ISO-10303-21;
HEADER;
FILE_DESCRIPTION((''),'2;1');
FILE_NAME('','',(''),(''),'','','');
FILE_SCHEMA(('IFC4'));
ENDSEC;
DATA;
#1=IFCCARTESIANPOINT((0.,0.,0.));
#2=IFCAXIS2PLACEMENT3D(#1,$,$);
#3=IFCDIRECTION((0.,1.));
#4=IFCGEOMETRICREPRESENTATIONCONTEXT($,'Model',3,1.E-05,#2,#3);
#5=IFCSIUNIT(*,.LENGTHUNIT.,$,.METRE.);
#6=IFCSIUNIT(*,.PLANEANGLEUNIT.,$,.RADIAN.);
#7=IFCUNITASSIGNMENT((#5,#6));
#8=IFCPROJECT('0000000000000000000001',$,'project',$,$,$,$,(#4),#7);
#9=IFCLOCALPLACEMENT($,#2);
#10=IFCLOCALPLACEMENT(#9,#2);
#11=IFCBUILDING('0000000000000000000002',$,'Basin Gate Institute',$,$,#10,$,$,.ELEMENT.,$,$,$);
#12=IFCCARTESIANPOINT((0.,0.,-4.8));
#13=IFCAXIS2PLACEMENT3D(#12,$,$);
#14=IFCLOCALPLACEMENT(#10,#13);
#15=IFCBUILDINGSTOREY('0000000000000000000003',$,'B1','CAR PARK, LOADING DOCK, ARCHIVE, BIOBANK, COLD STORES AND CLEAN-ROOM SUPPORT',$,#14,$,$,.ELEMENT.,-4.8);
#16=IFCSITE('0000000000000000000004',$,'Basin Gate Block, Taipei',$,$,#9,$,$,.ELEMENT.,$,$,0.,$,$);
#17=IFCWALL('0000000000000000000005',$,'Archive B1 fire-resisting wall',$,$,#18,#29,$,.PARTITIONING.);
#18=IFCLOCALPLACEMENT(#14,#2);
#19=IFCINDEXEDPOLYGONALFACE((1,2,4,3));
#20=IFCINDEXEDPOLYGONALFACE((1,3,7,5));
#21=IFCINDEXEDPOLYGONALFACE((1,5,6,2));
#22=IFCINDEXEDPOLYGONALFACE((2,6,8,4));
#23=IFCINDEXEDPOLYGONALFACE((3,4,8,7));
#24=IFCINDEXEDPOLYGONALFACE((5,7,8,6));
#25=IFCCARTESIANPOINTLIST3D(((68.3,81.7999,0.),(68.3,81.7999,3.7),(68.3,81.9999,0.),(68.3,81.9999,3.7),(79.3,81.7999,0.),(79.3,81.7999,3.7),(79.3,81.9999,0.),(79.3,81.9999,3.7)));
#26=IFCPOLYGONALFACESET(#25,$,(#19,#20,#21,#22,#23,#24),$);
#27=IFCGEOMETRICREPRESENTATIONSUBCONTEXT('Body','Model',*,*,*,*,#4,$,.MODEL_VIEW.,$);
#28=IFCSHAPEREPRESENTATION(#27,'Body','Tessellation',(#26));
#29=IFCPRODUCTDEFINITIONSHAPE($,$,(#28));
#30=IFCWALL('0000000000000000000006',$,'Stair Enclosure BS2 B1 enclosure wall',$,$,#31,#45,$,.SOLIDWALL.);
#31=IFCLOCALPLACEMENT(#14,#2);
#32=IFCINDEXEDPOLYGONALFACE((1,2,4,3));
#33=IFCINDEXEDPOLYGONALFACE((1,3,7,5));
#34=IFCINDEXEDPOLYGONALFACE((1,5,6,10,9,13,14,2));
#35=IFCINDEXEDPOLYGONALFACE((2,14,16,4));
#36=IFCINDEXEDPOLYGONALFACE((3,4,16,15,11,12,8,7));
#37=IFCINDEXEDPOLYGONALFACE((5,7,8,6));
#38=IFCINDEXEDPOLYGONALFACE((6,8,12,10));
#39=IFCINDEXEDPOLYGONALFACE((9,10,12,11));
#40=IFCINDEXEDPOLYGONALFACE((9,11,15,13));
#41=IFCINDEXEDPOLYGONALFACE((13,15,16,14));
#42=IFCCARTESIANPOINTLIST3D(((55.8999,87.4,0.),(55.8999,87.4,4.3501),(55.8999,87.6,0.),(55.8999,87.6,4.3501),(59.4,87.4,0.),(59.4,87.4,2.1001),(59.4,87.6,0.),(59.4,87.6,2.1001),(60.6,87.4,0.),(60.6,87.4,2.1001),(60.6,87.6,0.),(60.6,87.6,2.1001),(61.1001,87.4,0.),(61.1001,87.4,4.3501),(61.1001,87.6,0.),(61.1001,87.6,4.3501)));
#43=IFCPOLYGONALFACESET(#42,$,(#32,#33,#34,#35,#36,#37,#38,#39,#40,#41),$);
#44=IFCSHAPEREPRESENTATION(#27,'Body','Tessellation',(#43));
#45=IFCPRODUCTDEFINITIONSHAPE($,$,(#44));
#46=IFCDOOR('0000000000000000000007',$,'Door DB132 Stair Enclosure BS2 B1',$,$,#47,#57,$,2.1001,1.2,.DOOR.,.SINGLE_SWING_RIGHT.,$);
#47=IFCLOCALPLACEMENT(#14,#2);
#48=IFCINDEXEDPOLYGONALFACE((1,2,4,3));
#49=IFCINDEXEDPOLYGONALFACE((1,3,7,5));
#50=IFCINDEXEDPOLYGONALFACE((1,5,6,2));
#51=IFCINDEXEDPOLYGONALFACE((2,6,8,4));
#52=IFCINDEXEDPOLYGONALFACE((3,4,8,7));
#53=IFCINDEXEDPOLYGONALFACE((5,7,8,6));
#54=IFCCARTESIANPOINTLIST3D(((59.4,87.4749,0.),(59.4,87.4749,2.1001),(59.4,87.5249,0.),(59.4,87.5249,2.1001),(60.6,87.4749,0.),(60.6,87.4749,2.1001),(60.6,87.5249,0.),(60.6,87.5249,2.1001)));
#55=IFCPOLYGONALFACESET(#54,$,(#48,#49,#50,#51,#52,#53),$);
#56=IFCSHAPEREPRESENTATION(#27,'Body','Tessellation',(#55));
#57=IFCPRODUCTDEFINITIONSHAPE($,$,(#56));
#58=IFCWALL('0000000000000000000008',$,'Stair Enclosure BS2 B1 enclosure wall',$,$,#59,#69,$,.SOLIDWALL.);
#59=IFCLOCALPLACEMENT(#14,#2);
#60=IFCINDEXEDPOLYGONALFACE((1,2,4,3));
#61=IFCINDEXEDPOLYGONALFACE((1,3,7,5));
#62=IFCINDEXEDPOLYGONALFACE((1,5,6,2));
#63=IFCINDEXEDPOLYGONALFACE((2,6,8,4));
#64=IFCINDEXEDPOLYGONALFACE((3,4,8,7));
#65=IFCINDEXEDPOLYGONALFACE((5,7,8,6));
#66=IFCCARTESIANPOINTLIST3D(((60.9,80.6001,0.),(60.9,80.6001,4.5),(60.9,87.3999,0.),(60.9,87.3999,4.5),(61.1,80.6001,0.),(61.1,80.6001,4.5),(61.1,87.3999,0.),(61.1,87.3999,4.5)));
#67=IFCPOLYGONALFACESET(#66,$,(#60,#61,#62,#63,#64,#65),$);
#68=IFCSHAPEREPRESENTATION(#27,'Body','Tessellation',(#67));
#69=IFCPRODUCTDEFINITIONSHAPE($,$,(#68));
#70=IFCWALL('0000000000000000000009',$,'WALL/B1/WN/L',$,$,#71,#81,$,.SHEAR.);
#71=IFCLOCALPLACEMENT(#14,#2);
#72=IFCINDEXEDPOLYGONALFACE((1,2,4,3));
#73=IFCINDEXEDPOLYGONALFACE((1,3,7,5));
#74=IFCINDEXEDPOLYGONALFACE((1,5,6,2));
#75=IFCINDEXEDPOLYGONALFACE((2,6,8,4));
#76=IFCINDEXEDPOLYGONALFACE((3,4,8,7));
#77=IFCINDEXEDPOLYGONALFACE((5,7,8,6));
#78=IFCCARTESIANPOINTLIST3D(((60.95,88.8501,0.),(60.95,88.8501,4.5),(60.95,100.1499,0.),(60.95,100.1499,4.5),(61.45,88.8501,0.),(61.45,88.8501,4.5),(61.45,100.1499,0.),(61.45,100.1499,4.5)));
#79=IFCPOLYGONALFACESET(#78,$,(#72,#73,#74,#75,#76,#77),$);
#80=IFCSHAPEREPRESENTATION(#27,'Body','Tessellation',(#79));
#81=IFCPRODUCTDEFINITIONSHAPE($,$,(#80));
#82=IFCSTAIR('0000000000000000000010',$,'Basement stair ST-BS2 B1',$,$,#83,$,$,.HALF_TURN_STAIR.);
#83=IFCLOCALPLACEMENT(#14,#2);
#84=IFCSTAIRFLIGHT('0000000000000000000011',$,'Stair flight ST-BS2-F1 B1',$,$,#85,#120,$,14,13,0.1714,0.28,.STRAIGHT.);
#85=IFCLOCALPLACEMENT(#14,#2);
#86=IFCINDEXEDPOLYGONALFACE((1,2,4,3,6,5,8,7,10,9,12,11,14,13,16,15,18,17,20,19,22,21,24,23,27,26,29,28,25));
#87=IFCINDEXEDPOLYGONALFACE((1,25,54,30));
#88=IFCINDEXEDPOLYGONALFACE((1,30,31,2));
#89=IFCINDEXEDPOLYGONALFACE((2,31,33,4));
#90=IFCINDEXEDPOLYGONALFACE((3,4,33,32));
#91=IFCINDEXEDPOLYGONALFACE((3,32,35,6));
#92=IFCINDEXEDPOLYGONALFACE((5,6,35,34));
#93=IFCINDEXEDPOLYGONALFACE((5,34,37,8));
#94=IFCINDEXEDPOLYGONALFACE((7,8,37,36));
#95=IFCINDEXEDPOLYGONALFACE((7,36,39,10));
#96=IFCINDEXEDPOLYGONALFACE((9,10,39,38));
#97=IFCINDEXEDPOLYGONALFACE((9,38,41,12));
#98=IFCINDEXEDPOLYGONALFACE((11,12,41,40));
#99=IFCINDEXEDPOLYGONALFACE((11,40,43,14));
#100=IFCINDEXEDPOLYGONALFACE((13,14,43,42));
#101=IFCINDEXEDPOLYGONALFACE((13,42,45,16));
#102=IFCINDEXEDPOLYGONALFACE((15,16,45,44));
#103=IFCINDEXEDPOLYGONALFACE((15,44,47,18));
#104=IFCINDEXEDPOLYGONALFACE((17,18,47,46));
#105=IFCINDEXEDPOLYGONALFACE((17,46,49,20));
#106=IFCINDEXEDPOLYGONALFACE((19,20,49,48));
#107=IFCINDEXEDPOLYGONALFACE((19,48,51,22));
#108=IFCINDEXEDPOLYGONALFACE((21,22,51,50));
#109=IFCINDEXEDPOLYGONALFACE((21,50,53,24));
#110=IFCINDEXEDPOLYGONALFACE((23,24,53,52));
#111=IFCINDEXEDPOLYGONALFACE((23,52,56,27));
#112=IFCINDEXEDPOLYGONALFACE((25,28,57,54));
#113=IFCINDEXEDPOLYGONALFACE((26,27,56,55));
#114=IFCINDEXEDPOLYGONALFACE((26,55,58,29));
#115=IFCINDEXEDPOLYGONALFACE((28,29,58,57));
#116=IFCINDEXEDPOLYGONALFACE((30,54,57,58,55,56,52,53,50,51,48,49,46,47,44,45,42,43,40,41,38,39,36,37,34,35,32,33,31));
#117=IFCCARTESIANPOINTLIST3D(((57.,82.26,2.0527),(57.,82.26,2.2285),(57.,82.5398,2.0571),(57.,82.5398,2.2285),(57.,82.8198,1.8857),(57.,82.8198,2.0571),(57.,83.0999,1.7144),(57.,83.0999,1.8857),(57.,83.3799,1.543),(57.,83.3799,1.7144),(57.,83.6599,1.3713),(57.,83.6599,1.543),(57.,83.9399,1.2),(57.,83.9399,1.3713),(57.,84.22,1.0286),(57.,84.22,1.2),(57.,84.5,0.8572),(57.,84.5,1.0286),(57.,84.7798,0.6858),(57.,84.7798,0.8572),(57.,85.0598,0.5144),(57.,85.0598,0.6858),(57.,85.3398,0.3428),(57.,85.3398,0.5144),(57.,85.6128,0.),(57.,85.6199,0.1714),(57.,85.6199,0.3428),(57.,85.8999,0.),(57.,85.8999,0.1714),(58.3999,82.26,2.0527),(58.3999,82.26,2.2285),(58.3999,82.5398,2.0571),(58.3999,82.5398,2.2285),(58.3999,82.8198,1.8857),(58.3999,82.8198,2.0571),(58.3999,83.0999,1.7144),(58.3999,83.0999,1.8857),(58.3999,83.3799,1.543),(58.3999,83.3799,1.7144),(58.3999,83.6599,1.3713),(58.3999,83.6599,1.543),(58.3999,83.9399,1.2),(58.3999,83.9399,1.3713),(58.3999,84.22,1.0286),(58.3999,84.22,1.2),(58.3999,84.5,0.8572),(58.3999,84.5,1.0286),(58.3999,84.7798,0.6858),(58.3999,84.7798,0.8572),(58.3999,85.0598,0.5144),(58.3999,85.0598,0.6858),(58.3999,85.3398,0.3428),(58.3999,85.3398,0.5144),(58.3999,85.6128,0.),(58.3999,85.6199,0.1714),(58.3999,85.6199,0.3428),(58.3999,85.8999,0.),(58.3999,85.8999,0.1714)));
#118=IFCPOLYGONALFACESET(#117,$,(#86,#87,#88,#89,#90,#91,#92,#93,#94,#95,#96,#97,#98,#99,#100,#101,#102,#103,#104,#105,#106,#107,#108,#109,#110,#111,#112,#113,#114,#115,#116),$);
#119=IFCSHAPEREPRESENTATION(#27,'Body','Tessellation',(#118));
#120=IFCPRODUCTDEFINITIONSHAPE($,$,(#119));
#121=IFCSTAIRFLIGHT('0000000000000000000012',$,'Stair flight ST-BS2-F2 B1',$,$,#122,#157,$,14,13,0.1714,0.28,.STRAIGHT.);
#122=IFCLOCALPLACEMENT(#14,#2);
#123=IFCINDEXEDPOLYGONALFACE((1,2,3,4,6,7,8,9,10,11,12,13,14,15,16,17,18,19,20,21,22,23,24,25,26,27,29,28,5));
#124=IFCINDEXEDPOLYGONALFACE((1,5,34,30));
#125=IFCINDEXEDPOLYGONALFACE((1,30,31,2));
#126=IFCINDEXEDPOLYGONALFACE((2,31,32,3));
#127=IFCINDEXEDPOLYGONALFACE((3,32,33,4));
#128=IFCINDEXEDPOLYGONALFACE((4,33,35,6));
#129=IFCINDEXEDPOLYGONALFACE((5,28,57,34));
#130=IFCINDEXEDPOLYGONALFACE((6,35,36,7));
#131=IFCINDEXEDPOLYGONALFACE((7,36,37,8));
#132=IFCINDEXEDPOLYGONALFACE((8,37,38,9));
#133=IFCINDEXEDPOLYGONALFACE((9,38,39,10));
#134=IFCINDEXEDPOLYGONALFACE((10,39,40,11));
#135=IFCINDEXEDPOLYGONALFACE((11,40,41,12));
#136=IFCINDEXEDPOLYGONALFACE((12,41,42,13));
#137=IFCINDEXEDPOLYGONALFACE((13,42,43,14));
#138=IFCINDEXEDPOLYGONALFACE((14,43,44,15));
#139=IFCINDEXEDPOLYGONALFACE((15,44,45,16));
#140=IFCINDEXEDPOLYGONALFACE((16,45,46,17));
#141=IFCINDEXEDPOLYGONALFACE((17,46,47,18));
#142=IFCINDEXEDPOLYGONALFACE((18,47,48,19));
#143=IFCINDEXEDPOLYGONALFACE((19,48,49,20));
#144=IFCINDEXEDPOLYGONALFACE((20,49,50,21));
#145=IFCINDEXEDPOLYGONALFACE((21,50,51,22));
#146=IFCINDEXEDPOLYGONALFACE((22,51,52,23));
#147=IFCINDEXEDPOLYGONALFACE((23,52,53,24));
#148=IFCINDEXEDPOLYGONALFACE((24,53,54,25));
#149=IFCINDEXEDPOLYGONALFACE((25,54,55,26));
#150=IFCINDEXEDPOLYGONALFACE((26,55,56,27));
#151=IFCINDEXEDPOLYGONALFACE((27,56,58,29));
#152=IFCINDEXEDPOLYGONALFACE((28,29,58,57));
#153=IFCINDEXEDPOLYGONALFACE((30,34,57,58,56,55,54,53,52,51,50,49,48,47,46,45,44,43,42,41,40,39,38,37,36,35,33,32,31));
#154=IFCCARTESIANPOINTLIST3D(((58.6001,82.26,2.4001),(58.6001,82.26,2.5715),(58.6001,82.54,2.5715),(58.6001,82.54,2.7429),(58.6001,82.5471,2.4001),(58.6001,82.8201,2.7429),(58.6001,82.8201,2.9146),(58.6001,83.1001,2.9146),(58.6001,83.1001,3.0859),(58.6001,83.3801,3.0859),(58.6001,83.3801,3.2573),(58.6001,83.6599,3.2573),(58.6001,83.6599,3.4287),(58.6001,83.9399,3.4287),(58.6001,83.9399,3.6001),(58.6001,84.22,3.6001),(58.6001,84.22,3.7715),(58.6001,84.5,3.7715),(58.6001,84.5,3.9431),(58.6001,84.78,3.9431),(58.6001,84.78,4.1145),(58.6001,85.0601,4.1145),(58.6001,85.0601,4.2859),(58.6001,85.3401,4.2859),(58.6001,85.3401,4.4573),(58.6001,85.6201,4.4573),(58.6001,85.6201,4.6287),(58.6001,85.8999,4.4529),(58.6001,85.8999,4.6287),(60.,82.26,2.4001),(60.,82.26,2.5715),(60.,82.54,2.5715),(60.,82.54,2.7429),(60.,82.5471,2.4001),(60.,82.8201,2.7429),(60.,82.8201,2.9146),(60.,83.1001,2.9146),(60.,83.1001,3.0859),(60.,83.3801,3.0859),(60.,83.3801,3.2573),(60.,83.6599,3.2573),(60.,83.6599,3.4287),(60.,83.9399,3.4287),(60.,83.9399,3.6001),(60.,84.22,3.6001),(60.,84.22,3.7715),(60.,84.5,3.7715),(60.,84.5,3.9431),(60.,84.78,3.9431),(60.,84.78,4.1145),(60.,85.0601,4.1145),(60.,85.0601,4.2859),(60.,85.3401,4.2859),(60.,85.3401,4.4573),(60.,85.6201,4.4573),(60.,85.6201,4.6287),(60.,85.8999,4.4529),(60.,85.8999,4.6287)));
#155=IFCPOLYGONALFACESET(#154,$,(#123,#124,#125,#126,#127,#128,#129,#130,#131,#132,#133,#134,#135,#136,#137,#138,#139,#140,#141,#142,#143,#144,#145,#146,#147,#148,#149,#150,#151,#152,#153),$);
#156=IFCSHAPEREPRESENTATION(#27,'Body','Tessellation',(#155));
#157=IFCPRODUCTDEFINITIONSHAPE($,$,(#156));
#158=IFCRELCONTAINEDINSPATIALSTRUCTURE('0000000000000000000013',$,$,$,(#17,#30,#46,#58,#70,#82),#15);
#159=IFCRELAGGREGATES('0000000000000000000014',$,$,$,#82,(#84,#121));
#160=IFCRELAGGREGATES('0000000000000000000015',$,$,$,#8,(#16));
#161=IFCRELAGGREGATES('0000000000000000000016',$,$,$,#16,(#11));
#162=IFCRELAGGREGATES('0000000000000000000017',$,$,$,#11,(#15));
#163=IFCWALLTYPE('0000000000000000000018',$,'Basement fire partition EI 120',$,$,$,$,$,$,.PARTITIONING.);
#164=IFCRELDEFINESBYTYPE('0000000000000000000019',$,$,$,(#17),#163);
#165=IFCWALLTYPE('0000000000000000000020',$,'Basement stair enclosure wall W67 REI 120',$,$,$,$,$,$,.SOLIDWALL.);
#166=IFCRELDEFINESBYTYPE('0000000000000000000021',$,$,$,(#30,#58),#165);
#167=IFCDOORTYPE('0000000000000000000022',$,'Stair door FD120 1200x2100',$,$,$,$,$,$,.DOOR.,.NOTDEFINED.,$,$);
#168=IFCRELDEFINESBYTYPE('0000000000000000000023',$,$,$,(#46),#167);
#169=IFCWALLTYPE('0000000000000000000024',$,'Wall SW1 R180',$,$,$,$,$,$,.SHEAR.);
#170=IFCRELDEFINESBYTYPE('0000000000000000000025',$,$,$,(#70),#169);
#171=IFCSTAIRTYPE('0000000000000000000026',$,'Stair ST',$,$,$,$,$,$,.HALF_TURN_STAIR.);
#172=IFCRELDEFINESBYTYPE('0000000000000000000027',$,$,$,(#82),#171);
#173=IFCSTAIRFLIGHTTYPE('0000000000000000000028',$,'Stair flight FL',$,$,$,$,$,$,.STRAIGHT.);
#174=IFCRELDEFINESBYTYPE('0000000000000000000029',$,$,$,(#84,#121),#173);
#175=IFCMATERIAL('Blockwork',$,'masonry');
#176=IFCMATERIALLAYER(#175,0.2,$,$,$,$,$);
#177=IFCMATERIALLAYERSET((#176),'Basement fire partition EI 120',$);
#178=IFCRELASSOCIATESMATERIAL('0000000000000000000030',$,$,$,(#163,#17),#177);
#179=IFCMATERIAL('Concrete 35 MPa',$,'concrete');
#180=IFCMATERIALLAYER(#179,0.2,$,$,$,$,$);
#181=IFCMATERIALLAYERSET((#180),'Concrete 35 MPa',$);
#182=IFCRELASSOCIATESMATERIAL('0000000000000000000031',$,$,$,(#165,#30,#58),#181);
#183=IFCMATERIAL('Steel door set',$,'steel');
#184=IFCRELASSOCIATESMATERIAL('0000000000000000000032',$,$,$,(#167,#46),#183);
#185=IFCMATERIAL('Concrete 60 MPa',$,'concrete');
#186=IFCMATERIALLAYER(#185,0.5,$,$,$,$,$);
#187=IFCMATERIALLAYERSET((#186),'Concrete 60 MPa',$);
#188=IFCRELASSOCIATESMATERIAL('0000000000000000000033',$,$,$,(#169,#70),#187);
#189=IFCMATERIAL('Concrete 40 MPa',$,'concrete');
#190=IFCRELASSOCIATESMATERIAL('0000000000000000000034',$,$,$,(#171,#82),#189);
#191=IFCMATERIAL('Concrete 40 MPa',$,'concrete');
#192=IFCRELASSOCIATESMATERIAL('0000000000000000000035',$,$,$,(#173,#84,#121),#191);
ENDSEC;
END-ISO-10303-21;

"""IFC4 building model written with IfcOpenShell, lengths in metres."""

from ifc_helpers import new_model, si_unit, direction, frame, frame_2d, origin, place, context, subcontext, project, spatial, polyline, rectangle, outline, extrude, material, layer, layer_set, type_object, element, fill, aggregate, save


model = new_model("IFC4")

# Units and contexts
model_context = context("Model", 3, precision=1e-05, world=origin(), true_north=direction((0.0, 1.0)))
body_context = subcontext(model_context, "Body", "Model", "MODEL_VIEW")
ifc_project = project(units=[si_unit("LENGTHUNIT", "METRE"), si_unit("PLANEANGLEUNIT", "RADIAN")], contexts=[model_context])

# Site, building, storey
site_placement = place(None, origin())
site = spatial("IfcSite", under=ifc_project, at=site_placement, Name="Basin Gate Block, Taipei", CompositionType="ELEMENT", RefElevation=0.0)
building_placement = place(site_placement, origin())
building = spatial("IfcBuilding", under=site, at=building_placement, Name="Basin Gate Institute", CompositionType="ELEMENT")
storey_placement = place(building_placement, frame((0.0, 0.0, -4.8)))
storey = spatial("IfcBuildingStorey", under=building, at=storey_placement, Name="B1", Description="CAR PARK, LOADING DOCK, ARCHIVE, BIOBANK, COLD STORES AND CLEAN-ROOM SUPPORT", CompositionType="ELEMENT", Elevation=-4.8)

# Wall
ifc_material_1 = material(Name="Blockwork", Category="masonry")
ifc_layer_1 = layer(ifc_material_1, 0.2)
ifc_layer_set_1 = layer_set([ifc_layer_1], Name="Basement fire partition EI 120")
wall_type_1 = type_object("IfcWallType", Name="Basement fire partition EI 120", PredefinedType="PARTITIONING", material=ifc_layer_set_1)
wall_1_placement = place(storey_placement, frame((68.3, 81.8999, 0.0), z_axis=(0.0, 0.0, 1.0), x_axis=(1.0, 0.0, 0.0)))
element("IfcWall", 1, at=wall_1_placement, inside=storey, type_object=wall_type_1, material=ifc_layer_set_1, Name="Archive B1 fire-resisting wall", PredefinedType="PARTITIONING", context=body_context, shape_type="SweptSolid", body=[
    extrude(rectangle(XDim=11.0, YDim=0.2, at=frame_2d((5.5, 0.0))), origin(), (0.0, 0.0, 1.0), 3.7),
])

# Wall, opening, door
ifc_material_2 = material(Name="Concrete 35 MPa", Category="concrete")
ifc_layer_2 = layer(ifc_material_2, 0.2)
ifc_layer_set_2 = layer_set([ifc_layer_2], Name="Concrete 35 MPa")
wall_type_2 = type_object("IfcWallType", Name="Basement stair enclosure wall W67 REI 120", PredefinedType="SOLIDWALL", material=ifc_layer_set_2)
wall_2_placement = place(storey_placement, frame((55.8999, 87.5, 0.0), z_axis=(0.0, 0.0, 1.0), x_axis=(1.0, 0.0, 0.0)))
wall_2 = element("IfcWall", 2, at=wall_2_placement, inside=storey, type_object=wall_type_2, material=ifc_layer_set_2, Name="Stair Enclosure BS2 B1 enclosure wall", PredefinedType="SOLIDWALL", context=body_context, shape_type="SweptSolid", body=[
    extrude(rectangle(XDim=5.2002, YDim=0.2, at=frame_2d((2.6001, 0.0))), origin(), (0.0, 0.0, 1.0), 4.3501),
])
opening_placement = place(wall_2_placement, frame((3.5, 0.0, 0.0)))
opening = element("IfcOpeningElement", 3, at=opening_placement, cuts=wall_2, PredefinedType="OPENING", context=body_context, shape_type="SweptSolid", body=[
    extrude(rectangle(XDim=1.2, YDim=2.1001, at=frame_2d((0.6001, 1.05))), frame((0.0, 0.1099, 0.0), z_axis=(0.0, -1.0, 0.0), x_axis=(1.0, 0.0, 0.0)), (0.0, 0.0, 1.0), 0.22),
])
ifc_material_3 = material(Name="Steel door set", Category="steel")
door_type = type_object("IfcDoorType", Name="Stair door FD120 1200x2100", OperationType="NOTDEFINED", PredefinedType="DOOR", material=ifc_material_3)
door_placement = place(opening_placement, origin())
door = element("IfcDoor", 4, at=door_placement, inside=storey, type_object=door_type, material=ifc_material_3, Name="Door DB132 Stair Enclosure BS2 B1", OperationType="SINGLE_SWING_RIGHT", OverallHeight=2.1001, OverallWidth=1.2, PredefinedType="DOOR", context=body_context, shape_type="SweptSolid", body=[
    extrude(rectangle(XDim=1.2, YDim=2.1001, at=frame_2d((0.6001, 1.05))), frame((0.0, 0.0249, 0.0), z_axis=(0.0, -1.0, 0.0), x_axis=(1.0, 0.0, 0.0)), (0.0, 0.0, 1.0), 0.05),
])
fill(opening, door)

# Walls
wall_3_placement = place(storey_placement, frame((61.0, 80.6001, 0.0), z_axis=(0.0, 0.0, 1.0), x_axis=(0.0, 1.0, 0.0)))
element("IfcWall", 5, at=wall_3_placement, inside=storey, type_object=wall_type_2, material=ifc_layer_set_2, Name="Stair Enclosure BS2 B1 enclosure wall", PredefinedType="SOLIDWALL", context=body_context, shape_type="SweptSolid", body=[
    extrude(rectangle(XDim=6.7998, YDim=0.2, at=frame_2d((3.3999, 0.0))), origin(), (0.0, 0.0, 1.0), 4.5),
])
ifc_material_4 = material(Name="Concrete 60 MPa", Category="concrete")
ifc_layer_3 = layer(ifc_material_4, 0.5)
ifc_layer_set_3 = layer_set([ifc_layer_3], Name="Concrete 60 MPa")
wall_type_3 = type_object("IfcWallType", Name="Wall SW1 R180", PredefinedType="SHEAR", material=ifc_layer_set_3)
wall_4_placement = place(storey_placement, frame((61.2, 88.8501, 0.0), z_axis=(0.0, 0.0, 1.0), x_axis=(0.0, 1.0, 0.0)))
element("IfcWall", 6, at=wall_4_placement, inside=storey, type_object=wall_type_3, material=ifc_layer_set_3, Name="WALL/B1/WN/L", PredefinedType="SHEAR", context=body_context, shape_type="SweptSolid", body=[
    extrude(rectangle(XDim=11.2998, YDim=0.5, at=frame_2d((5.6499, 0.0))), origin(), (0.0, 0.0, 1.0), 4.5),
])

# Stair, stair flights
ifc_material_5 = material(Name="Concrete 40 MPa", Category="concrete")
stair_type = type_object("IfcStairType", Name="Stair ST", PredefinedType="HALF_TURN_STAIR", material=ifc_material_5)
stair_placement = place(storey_placement, origin())
stair = element("IfcStair", 7, at=stair_placement, inside=storey, type_object=stair_type, material=ifc_material_5, Name="Basement stair ST-BS2 B1", PredefinedType="HALF_TURN_STAIR")
ifc_material_6 = material(Name="Concrete 40 MPa", Category="concrete")
stair_flight_type = type_object("IfcStairFlightType", Name="Stair flight FL", PredefinedType="STRAIGHT", material=ifc_material_6)
stair_flight_1_placement = place(storey_placement, frame((57.7, 85.8999, 0.0), z_axis=(0.0, 0.0, 1.0), x_axis=(0.0, -1.0, 0.0)))
stair_flight_1 = element("IfcStairFlight", 8, at=stair_flight_1_placement, type_object=stair_flight_type, material=ifc_material_6, Name="Stair flight ST-BS2-F1 B1", NumberOfRisers=14, NumberOfTreads=13, PredefinedType="STRAIGHT", RiserHeight=0.1714, TreadLength=0.28, context=body_context, shape_type="SweptSolid", body=[
    extrude(outline(polyline([(0.0, 0.0), (0.0, 0.1714), (0.28, 0.1714), (0.28, 0.3428), (0.5601, 0.3428), (0.5601, 0.5144), (0.8401, 0.5144), (0.8401, 0.6858), (1.1201, 0.6858), (1.1201, 0.8572), (1.3999, 0.8572), (1.3999, 1.0286), (1.6799, 1.0286), (1.6799, 1.2), (1.96, 1.2), (1.96, 1.3713), (2.24, 1.3713), (2.24, 1.543), (2.52, 1.543), (2.52, 1.7144), (2.8, 1.7144), (2.8, 1.8857), (3.0801, 1.8857), (3.0801, 2.0571), (3.3601, 2.0571), (3.3601, 2.2285), (3.6399, 2.2285), (3.6399, 2.3999), (3.6399, 2.0527), (0.2871, 0.0), (0.0, 0.0)])), frame((0.0, 0.7, 0.0), z_axis=(0.0, -1.0, 0.0), x_axis=(1.0, 0.0, 0.0)), (0.0, 0.0, 1.0), 1.3999),
])
stair_flight_2_placement = place(storey_placement, frame((59.3, 82.26, 2.4001), z_axis=(0.0, 0.0, 1.0), x_axis=(0.0, 1.0, 0.0)))
stair_flight_2 = element("IfcStairFlight", 9, at=stair_flight_2_placement, type_object=stair_flight_type, material=ifc_material_6, Name="Stair flight ST-BS2-F2 B1", NumberOfRisers=14, NumberOfTreads=13, PredefinedType="STRAIGHT", RiserHeight=0.1714, TreadLength=0.28, context=body_context, shape_type="SweptSolid", body=[
    extrude(outline(polyline([(0.0, 0.0), (0.0, 0.1714), (0.28, 0.1714), (0.28, 0.3428), (0.5601, 0.3428), (0.5601, 0.5144), (0.8401, 0.5144), (0.8401, 0.6858), (1.1201, 0.6858), (1.1201, 0.8572), (1.3999, 0.8572), (1.3999, 1.0286), (1.6799, 1.0286), (1.6799, 1.2), (1.96, 1.2), (1.96, 1.3713), (2.24, 1.3713), (2.24, 1.543), (2.52, 1.543), (2.52, 1.7144), (2.8, 1.7144), (2.8, 1.8857), (3.0801, 1.8857), (3.0801, 2.0571), (3.3601, 2.0571), (3.3601, 2.2285), (3.6399, 2.2285), (3.6399, 2.3999), (3.6399, 2.0527), (0.2871, 0.0), (0.0, 0.0)])), frame((0.0, 0.7, 0.0), z_axis=(0.0, -1.0, 0.0), x_axis=(1.0, 0.0, 0.0)), (0.0, 0.0, 1.0), 1.3999),
])
aggregate(stair, [stair_flight_1, stair_flight_2])

save(model, "model.ifc")
